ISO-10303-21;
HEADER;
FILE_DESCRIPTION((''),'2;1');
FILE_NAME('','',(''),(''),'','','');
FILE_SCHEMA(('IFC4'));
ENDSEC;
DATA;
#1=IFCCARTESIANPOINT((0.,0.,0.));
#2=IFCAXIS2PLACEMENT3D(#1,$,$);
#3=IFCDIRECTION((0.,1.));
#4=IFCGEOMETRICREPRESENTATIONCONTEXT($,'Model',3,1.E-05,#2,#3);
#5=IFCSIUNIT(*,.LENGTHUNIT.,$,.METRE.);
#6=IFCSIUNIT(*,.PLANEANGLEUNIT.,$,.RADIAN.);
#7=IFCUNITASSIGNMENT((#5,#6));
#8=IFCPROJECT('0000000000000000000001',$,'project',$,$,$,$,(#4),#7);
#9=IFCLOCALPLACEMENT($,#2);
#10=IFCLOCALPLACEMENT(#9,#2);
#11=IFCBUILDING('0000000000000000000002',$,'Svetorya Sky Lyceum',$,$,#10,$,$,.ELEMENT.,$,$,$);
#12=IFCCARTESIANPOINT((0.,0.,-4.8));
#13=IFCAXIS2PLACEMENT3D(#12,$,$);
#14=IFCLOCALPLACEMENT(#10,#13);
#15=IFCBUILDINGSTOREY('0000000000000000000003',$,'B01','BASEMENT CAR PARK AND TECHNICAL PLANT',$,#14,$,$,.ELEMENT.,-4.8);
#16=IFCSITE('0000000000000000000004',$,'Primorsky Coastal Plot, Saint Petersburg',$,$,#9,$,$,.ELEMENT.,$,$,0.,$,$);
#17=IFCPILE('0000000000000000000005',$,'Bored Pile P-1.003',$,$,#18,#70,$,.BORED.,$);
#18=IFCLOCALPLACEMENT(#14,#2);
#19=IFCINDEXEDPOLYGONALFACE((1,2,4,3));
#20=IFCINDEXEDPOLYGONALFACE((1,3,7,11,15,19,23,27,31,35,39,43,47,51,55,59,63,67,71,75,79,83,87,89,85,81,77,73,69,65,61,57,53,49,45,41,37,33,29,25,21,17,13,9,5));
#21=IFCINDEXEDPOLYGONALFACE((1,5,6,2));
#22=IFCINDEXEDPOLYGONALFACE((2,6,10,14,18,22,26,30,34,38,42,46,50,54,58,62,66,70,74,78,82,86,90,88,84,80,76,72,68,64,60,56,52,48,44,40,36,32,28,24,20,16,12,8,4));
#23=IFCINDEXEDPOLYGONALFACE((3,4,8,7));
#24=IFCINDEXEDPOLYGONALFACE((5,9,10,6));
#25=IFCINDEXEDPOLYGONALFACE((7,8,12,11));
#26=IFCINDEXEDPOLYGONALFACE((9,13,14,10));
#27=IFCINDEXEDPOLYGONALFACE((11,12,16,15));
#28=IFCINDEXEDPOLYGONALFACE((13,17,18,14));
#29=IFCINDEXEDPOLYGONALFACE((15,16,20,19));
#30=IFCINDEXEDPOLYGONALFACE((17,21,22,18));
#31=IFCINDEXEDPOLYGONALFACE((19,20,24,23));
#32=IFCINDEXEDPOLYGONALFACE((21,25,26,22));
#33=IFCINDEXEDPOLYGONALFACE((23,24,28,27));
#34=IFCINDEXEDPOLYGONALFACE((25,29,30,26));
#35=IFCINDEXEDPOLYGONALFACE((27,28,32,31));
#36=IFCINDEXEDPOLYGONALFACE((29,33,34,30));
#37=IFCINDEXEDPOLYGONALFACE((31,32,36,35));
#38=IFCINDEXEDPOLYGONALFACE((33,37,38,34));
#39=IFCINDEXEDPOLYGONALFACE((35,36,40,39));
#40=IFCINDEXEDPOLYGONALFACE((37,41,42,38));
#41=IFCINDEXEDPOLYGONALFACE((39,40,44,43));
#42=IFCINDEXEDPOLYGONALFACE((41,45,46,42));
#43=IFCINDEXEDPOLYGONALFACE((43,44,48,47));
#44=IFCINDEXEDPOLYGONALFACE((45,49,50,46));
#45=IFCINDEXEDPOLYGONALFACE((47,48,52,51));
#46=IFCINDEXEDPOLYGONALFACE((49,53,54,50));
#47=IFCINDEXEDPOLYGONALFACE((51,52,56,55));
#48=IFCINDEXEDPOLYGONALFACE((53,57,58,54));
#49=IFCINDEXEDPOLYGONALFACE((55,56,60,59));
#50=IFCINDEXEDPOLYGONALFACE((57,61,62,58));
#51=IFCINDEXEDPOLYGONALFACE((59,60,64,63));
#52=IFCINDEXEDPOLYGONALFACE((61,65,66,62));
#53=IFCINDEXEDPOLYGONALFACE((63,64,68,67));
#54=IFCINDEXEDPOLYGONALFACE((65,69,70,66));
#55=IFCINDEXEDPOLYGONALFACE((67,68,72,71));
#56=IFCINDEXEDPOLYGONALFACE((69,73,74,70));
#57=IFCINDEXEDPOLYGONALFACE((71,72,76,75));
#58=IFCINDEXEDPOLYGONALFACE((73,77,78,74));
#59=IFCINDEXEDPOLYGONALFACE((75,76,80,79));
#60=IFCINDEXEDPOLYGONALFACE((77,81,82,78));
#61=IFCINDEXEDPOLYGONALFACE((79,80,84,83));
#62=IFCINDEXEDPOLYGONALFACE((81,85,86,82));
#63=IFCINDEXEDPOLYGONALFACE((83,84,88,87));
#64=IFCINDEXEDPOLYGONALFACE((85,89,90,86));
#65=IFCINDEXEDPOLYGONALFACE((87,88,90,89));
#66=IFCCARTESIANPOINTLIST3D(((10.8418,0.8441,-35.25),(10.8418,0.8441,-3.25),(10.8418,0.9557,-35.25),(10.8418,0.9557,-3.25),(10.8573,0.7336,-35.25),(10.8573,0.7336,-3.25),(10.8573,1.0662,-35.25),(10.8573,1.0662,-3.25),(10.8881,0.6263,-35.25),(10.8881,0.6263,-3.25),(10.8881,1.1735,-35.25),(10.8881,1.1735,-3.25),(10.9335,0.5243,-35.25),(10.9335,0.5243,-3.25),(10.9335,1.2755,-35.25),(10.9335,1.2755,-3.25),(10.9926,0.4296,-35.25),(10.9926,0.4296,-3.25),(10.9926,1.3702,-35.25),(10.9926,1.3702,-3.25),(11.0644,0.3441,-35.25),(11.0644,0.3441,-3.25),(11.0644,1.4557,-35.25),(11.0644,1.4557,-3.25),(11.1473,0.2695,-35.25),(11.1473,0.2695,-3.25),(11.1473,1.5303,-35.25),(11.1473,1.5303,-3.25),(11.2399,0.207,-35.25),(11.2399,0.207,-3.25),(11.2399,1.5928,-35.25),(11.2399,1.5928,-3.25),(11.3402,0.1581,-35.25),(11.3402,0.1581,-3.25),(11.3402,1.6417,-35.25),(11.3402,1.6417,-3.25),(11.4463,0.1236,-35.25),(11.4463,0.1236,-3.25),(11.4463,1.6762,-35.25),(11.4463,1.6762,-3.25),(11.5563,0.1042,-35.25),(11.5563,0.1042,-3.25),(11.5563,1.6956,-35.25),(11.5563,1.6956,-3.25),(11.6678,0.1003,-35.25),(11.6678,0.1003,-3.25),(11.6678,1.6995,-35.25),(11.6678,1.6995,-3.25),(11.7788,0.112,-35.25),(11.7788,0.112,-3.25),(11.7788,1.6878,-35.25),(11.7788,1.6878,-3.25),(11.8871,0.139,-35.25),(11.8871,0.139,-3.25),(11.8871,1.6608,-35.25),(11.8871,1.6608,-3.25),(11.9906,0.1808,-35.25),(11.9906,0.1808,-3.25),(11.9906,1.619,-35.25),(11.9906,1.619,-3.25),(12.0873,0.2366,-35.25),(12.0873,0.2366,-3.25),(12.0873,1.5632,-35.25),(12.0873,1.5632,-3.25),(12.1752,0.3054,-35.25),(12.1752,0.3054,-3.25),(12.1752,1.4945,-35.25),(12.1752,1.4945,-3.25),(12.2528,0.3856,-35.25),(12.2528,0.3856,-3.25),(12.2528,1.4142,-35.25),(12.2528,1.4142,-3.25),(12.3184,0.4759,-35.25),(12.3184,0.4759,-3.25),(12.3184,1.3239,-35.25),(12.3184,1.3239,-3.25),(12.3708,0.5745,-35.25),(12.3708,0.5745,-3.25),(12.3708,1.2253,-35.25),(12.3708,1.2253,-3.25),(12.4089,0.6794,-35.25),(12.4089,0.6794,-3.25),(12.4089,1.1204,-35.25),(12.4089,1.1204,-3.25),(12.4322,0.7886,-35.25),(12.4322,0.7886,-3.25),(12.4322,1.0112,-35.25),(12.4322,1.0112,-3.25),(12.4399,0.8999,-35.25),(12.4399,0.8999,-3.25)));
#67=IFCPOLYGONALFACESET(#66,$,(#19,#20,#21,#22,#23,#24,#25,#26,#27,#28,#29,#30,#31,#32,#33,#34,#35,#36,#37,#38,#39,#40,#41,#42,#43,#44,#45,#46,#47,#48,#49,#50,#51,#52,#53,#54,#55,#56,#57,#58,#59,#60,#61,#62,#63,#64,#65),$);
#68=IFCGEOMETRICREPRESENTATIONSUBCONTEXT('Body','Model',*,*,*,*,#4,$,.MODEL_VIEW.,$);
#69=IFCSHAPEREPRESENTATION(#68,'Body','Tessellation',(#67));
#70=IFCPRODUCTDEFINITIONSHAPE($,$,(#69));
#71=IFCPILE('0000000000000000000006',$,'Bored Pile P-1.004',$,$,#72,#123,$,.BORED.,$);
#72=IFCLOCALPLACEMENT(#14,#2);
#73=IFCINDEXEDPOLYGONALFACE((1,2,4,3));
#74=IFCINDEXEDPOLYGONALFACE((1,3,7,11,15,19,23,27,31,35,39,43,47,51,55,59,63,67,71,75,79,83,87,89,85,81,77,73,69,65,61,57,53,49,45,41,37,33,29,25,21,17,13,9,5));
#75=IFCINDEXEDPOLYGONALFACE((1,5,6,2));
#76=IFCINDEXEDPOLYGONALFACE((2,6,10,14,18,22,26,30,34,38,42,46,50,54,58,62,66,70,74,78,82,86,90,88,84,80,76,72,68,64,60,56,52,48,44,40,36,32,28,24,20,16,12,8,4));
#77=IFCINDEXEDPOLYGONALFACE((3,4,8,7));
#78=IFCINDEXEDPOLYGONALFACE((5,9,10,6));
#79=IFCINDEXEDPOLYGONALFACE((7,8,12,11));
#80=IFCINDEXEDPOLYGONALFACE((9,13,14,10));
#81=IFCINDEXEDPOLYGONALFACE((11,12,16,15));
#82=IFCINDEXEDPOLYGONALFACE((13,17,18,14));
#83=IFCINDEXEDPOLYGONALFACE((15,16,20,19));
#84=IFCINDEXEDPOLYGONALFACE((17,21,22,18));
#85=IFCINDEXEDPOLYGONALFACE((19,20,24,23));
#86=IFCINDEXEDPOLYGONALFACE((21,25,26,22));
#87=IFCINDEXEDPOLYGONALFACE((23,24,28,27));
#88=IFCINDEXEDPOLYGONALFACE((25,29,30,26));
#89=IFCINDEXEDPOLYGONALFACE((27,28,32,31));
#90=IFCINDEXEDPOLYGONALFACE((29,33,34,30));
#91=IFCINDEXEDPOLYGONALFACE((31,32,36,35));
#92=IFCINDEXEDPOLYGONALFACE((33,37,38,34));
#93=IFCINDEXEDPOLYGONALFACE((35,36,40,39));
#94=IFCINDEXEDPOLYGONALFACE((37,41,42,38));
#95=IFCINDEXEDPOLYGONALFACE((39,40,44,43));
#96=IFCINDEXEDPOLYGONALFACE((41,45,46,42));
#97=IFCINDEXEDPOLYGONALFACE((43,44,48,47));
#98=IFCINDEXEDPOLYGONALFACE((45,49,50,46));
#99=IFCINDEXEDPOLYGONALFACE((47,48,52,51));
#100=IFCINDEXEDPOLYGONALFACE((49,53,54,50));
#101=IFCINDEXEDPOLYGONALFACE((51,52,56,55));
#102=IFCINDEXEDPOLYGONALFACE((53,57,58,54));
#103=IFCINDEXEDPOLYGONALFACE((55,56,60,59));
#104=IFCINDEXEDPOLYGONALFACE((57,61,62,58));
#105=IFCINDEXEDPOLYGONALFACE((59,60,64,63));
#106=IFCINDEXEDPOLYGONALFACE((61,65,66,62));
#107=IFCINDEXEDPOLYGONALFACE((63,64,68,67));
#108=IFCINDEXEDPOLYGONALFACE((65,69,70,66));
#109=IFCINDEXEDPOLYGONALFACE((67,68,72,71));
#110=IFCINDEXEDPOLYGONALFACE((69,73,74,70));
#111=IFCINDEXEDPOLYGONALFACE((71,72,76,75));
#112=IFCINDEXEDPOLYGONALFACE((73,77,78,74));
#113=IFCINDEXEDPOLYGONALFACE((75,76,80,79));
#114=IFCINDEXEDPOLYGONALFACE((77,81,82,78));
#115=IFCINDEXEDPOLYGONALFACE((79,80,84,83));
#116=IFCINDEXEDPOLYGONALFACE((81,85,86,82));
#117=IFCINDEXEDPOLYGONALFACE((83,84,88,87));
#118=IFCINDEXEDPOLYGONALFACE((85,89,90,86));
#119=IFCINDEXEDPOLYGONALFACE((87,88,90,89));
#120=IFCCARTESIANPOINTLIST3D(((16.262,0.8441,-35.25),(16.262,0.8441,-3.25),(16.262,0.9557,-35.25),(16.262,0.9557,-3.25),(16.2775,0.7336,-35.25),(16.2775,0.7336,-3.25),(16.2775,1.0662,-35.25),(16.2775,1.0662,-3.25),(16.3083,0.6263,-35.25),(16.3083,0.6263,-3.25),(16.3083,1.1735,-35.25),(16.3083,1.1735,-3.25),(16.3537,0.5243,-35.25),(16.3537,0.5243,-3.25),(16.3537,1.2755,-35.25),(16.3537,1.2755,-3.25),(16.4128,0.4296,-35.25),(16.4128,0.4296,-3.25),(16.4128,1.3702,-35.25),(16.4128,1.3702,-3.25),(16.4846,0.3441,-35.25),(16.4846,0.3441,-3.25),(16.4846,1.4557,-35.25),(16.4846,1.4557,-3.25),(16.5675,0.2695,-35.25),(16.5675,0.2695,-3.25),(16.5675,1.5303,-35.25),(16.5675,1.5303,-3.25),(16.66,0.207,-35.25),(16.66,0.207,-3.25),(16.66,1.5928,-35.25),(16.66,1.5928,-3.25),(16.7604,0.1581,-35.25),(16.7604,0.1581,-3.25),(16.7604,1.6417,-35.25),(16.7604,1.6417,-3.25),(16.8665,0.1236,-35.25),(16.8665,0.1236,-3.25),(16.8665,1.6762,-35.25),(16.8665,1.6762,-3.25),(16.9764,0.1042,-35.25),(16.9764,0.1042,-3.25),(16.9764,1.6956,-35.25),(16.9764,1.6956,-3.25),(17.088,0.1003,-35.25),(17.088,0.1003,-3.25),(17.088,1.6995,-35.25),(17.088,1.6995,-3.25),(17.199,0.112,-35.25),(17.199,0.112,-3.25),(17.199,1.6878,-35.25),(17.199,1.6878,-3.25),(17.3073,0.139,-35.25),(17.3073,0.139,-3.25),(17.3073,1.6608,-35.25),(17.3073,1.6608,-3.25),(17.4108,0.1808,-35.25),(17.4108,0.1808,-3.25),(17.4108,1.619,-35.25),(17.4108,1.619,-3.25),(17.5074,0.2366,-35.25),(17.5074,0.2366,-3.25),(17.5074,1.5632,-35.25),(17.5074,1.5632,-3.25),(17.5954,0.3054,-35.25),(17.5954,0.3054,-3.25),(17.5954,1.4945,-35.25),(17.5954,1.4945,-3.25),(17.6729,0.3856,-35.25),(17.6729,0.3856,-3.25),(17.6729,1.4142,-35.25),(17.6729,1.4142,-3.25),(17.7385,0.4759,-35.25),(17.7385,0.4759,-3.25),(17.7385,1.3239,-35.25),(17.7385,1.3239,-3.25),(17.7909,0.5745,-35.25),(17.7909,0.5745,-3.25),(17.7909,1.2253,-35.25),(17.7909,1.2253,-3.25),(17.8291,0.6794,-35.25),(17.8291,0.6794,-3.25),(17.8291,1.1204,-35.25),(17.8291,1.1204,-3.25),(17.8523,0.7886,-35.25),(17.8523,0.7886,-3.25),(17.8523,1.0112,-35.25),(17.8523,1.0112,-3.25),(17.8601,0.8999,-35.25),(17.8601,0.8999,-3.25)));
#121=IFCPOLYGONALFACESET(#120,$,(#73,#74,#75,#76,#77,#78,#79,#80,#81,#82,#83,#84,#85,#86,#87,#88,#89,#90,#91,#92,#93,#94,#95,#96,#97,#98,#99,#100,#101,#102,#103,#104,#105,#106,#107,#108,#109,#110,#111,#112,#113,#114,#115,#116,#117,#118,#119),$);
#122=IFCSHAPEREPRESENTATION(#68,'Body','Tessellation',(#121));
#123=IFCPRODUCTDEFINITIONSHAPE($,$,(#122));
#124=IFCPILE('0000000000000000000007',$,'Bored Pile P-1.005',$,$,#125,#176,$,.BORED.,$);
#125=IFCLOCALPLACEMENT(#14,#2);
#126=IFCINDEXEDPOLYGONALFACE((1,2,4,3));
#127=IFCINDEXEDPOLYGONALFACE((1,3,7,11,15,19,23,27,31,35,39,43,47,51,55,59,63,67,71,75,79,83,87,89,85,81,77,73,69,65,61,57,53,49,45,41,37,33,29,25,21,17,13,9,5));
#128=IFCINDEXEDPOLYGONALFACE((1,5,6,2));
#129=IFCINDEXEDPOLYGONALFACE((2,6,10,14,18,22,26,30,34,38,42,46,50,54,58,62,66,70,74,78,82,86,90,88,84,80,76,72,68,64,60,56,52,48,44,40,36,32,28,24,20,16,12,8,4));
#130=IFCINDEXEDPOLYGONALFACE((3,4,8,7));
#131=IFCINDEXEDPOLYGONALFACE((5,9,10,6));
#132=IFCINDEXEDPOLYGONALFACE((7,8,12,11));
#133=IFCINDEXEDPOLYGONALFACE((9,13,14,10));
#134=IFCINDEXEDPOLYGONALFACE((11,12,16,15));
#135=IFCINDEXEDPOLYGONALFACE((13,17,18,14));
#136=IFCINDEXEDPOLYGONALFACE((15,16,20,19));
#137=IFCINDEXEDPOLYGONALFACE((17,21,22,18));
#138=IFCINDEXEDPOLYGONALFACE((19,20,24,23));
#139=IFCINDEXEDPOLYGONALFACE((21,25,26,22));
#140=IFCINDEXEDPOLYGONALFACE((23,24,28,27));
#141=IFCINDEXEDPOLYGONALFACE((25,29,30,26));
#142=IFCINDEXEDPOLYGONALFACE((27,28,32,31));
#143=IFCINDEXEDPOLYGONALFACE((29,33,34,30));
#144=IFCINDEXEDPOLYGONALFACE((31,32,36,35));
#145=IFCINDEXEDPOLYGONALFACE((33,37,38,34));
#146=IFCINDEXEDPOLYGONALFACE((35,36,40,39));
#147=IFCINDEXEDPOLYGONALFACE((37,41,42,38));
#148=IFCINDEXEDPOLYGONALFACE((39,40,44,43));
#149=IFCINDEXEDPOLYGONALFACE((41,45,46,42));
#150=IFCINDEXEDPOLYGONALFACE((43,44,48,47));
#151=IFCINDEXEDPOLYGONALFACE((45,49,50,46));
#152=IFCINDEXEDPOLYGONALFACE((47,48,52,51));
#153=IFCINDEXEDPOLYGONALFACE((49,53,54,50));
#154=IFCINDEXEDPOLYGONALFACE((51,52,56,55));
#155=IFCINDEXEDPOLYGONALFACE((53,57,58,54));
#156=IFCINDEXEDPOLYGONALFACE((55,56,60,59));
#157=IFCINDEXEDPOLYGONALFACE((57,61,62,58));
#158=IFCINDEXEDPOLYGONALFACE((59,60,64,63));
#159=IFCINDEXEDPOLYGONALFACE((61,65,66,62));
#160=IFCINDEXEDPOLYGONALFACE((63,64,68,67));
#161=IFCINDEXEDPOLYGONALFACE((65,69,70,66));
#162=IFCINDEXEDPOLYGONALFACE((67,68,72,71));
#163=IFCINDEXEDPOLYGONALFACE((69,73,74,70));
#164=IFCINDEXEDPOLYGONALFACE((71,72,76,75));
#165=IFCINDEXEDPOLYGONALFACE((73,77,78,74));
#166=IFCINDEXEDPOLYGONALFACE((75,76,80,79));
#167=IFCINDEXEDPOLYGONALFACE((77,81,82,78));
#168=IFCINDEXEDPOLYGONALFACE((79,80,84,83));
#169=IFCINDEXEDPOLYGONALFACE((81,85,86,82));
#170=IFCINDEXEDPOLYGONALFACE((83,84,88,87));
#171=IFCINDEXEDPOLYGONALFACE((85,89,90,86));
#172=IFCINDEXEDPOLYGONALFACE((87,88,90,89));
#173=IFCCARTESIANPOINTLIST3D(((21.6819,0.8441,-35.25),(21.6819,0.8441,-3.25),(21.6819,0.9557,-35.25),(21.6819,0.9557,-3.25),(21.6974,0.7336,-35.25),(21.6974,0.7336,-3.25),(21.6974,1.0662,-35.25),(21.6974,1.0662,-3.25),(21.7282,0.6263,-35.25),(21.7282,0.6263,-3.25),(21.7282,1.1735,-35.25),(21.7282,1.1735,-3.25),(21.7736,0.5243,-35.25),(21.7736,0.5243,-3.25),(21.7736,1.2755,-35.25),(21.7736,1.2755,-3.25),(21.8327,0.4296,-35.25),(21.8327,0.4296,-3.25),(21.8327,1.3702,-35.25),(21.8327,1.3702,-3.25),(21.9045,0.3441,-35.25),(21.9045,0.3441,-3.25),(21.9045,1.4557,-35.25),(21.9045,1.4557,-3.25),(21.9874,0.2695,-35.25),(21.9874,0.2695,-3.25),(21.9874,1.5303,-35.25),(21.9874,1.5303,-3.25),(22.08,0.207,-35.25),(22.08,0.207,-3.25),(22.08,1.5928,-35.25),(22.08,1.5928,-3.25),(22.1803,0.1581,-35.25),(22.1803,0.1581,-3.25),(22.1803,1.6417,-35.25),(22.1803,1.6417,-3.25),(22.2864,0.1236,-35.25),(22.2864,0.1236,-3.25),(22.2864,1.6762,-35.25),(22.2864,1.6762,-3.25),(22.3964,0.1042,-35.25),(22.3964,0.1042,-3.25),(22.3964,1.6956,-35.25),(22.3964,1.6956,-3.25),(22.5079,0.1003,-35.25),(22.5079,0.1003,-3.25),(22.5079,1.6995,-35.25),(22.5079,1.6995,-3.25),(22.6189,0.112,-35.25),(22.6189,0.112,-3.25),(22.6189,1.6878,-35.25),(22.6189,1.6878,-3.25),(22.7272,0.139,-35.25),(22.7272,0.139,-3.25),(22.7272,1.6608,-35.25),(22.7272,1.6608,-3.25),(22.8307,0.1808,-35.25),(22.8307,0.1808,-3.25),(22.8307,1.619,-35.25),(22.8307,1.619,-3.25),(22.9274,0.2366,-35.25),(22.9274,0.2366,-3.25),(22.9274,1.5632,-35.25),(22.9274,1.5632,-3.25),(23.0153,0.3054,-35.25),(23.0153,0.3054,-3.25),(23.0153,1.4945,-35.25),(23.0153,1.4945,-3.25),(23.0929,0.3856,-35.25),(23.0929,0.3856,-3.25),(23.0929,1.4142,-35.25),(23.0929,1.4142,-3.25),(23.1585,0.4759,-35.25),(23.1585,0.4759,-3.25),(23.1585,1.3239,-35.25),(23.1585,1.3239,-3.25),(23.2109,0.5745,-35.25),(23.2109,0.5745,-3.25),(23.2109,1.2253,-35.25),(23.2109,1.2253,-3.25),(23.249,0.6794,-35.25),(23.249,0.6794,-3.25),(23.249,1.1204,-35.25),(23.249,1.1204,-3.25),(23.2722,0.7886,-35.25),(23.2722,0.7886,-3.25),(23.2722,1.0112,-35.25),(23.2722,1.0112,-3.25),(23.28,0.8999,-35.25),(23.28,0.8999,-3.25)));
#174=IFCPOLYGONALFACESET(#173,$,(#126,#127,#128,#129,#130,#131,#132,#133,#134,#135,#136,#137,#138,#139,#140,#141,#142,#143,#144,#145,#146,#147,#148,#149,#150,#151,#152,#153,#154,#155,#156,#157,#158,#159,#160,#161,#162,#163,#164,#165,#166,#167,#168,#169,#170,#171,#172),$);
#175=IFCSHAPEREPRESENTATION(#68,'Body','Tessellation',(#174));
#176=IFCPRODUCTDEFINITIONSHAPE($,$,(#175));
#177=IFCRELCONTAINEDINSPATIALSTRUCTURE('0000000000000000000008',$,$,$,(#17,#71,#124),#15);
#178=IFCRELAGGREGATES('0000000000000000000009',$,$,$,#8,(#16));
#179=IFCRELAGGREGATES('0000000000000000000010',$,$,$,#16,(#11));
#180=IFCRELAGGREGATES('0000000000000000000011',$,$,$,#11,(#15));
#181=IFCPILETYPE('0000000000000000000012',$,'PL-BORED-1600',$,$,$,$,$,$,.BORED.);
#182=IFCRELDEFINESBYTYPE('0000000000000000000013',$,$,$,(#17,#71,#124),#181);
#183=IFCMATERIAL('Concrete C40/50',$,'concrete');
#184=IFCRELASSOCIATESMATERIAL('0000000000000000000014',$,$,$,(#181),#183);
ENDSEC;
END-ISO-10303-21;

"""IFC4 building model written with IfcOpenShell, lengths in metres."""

from ifc_helpers import new_model, si_unit, direction, frame, origin, origin_2d, place, context, subcontext, project, spatial, circle, extrude, material, material_profile, profile_set, type_object, element, save


model = new_model("IFC4")

# Units and contexts
model_context = context("Model", 3, precision=1e-05, world=origin(), true_north=direction((0.0, 1.0)))
body_context = subcontext(model_context, "Body", "Model", "MODEL_VIEW")
ifc_project = project(units=[si_unit("LENGTHUNIT", "METRE"), si_unit("PLANEANGLEUNIT", "RADIAN")], contexts=[model_context])

# Site, building, storey
site_placement = place(None, origin())
site = spatial("IfcSite", under=ifc_project, at=site_placement, Name="Primorsky Coastal Plot, Saint Petersburg", CompositionType="ELEMENT", RefElevation=0.0)
building_placement = place(site_placement, origin())
building = spatial("IfcBuilding", under=site, at=building_placement, Name="Svetorya Sky Lyceum", CompositionType="ELEMENT")
storey_placement = place(building_placement, frame((0.0, 0.0, -4.8)))
storey = spatial("IfcBuildingStorey", under=building, at=storey_placement, Name="B01", Description="BASEMENT CAR PARK AND TECHNICAL PLANT", CompositionType="ELEMENT", Elevation=-4.8)

# Piles
ifc_material_1 = material(Name="Concrete C40/50", Category="concrete")
ifc_material_profile_1 = material_profile(ifc_material_1, circle(Radius=0.8, at=origin_2d()), Name="RC PILE D1600")
ifc_profile_set_1 = profile_set([ifc_material_profile_1], Name="Concrete C40/50")
pile_type = type_object("IfcPileType", Name="PL-BORED-1600", PredefinedType="BORED", material=ifc_profile_set_1)
for number, where, z_axis, x_axis, name in (
    (1, (11.6399, 0.8999, -3.25), (0.0, 0.0, -1.0), (1.0, 0.0, 0.0), "Bored Pile P-1.003"),
    (2, (17.0601, 0.8999, -3.25), (0.0, 0.0, -1.0), (1.0, 0.0, 0.0), "Bored Pile P-1.004"),
    (3, (22.48, 0.8999, -3.25), (0.0, 0.0, -1.0), (1.0, 0.0, 0.0), "Bored Pile P-1.005"),
):
    element("IfcPile", number, at=place(storey_placement, frame(where, z_axis=z_axis, x_axis=x_axis)), inside=storey, type_object=pile_type, Name=name, PredefinedType="BORED", context=body_context, shape_type="SweptSolid", body=[
        extrude(circle(Radius=0.8, at=origin_2d()), origin(), (0.0, 0.0, 1.0), 32.0),
    ])

save(model, "model.ifc")
